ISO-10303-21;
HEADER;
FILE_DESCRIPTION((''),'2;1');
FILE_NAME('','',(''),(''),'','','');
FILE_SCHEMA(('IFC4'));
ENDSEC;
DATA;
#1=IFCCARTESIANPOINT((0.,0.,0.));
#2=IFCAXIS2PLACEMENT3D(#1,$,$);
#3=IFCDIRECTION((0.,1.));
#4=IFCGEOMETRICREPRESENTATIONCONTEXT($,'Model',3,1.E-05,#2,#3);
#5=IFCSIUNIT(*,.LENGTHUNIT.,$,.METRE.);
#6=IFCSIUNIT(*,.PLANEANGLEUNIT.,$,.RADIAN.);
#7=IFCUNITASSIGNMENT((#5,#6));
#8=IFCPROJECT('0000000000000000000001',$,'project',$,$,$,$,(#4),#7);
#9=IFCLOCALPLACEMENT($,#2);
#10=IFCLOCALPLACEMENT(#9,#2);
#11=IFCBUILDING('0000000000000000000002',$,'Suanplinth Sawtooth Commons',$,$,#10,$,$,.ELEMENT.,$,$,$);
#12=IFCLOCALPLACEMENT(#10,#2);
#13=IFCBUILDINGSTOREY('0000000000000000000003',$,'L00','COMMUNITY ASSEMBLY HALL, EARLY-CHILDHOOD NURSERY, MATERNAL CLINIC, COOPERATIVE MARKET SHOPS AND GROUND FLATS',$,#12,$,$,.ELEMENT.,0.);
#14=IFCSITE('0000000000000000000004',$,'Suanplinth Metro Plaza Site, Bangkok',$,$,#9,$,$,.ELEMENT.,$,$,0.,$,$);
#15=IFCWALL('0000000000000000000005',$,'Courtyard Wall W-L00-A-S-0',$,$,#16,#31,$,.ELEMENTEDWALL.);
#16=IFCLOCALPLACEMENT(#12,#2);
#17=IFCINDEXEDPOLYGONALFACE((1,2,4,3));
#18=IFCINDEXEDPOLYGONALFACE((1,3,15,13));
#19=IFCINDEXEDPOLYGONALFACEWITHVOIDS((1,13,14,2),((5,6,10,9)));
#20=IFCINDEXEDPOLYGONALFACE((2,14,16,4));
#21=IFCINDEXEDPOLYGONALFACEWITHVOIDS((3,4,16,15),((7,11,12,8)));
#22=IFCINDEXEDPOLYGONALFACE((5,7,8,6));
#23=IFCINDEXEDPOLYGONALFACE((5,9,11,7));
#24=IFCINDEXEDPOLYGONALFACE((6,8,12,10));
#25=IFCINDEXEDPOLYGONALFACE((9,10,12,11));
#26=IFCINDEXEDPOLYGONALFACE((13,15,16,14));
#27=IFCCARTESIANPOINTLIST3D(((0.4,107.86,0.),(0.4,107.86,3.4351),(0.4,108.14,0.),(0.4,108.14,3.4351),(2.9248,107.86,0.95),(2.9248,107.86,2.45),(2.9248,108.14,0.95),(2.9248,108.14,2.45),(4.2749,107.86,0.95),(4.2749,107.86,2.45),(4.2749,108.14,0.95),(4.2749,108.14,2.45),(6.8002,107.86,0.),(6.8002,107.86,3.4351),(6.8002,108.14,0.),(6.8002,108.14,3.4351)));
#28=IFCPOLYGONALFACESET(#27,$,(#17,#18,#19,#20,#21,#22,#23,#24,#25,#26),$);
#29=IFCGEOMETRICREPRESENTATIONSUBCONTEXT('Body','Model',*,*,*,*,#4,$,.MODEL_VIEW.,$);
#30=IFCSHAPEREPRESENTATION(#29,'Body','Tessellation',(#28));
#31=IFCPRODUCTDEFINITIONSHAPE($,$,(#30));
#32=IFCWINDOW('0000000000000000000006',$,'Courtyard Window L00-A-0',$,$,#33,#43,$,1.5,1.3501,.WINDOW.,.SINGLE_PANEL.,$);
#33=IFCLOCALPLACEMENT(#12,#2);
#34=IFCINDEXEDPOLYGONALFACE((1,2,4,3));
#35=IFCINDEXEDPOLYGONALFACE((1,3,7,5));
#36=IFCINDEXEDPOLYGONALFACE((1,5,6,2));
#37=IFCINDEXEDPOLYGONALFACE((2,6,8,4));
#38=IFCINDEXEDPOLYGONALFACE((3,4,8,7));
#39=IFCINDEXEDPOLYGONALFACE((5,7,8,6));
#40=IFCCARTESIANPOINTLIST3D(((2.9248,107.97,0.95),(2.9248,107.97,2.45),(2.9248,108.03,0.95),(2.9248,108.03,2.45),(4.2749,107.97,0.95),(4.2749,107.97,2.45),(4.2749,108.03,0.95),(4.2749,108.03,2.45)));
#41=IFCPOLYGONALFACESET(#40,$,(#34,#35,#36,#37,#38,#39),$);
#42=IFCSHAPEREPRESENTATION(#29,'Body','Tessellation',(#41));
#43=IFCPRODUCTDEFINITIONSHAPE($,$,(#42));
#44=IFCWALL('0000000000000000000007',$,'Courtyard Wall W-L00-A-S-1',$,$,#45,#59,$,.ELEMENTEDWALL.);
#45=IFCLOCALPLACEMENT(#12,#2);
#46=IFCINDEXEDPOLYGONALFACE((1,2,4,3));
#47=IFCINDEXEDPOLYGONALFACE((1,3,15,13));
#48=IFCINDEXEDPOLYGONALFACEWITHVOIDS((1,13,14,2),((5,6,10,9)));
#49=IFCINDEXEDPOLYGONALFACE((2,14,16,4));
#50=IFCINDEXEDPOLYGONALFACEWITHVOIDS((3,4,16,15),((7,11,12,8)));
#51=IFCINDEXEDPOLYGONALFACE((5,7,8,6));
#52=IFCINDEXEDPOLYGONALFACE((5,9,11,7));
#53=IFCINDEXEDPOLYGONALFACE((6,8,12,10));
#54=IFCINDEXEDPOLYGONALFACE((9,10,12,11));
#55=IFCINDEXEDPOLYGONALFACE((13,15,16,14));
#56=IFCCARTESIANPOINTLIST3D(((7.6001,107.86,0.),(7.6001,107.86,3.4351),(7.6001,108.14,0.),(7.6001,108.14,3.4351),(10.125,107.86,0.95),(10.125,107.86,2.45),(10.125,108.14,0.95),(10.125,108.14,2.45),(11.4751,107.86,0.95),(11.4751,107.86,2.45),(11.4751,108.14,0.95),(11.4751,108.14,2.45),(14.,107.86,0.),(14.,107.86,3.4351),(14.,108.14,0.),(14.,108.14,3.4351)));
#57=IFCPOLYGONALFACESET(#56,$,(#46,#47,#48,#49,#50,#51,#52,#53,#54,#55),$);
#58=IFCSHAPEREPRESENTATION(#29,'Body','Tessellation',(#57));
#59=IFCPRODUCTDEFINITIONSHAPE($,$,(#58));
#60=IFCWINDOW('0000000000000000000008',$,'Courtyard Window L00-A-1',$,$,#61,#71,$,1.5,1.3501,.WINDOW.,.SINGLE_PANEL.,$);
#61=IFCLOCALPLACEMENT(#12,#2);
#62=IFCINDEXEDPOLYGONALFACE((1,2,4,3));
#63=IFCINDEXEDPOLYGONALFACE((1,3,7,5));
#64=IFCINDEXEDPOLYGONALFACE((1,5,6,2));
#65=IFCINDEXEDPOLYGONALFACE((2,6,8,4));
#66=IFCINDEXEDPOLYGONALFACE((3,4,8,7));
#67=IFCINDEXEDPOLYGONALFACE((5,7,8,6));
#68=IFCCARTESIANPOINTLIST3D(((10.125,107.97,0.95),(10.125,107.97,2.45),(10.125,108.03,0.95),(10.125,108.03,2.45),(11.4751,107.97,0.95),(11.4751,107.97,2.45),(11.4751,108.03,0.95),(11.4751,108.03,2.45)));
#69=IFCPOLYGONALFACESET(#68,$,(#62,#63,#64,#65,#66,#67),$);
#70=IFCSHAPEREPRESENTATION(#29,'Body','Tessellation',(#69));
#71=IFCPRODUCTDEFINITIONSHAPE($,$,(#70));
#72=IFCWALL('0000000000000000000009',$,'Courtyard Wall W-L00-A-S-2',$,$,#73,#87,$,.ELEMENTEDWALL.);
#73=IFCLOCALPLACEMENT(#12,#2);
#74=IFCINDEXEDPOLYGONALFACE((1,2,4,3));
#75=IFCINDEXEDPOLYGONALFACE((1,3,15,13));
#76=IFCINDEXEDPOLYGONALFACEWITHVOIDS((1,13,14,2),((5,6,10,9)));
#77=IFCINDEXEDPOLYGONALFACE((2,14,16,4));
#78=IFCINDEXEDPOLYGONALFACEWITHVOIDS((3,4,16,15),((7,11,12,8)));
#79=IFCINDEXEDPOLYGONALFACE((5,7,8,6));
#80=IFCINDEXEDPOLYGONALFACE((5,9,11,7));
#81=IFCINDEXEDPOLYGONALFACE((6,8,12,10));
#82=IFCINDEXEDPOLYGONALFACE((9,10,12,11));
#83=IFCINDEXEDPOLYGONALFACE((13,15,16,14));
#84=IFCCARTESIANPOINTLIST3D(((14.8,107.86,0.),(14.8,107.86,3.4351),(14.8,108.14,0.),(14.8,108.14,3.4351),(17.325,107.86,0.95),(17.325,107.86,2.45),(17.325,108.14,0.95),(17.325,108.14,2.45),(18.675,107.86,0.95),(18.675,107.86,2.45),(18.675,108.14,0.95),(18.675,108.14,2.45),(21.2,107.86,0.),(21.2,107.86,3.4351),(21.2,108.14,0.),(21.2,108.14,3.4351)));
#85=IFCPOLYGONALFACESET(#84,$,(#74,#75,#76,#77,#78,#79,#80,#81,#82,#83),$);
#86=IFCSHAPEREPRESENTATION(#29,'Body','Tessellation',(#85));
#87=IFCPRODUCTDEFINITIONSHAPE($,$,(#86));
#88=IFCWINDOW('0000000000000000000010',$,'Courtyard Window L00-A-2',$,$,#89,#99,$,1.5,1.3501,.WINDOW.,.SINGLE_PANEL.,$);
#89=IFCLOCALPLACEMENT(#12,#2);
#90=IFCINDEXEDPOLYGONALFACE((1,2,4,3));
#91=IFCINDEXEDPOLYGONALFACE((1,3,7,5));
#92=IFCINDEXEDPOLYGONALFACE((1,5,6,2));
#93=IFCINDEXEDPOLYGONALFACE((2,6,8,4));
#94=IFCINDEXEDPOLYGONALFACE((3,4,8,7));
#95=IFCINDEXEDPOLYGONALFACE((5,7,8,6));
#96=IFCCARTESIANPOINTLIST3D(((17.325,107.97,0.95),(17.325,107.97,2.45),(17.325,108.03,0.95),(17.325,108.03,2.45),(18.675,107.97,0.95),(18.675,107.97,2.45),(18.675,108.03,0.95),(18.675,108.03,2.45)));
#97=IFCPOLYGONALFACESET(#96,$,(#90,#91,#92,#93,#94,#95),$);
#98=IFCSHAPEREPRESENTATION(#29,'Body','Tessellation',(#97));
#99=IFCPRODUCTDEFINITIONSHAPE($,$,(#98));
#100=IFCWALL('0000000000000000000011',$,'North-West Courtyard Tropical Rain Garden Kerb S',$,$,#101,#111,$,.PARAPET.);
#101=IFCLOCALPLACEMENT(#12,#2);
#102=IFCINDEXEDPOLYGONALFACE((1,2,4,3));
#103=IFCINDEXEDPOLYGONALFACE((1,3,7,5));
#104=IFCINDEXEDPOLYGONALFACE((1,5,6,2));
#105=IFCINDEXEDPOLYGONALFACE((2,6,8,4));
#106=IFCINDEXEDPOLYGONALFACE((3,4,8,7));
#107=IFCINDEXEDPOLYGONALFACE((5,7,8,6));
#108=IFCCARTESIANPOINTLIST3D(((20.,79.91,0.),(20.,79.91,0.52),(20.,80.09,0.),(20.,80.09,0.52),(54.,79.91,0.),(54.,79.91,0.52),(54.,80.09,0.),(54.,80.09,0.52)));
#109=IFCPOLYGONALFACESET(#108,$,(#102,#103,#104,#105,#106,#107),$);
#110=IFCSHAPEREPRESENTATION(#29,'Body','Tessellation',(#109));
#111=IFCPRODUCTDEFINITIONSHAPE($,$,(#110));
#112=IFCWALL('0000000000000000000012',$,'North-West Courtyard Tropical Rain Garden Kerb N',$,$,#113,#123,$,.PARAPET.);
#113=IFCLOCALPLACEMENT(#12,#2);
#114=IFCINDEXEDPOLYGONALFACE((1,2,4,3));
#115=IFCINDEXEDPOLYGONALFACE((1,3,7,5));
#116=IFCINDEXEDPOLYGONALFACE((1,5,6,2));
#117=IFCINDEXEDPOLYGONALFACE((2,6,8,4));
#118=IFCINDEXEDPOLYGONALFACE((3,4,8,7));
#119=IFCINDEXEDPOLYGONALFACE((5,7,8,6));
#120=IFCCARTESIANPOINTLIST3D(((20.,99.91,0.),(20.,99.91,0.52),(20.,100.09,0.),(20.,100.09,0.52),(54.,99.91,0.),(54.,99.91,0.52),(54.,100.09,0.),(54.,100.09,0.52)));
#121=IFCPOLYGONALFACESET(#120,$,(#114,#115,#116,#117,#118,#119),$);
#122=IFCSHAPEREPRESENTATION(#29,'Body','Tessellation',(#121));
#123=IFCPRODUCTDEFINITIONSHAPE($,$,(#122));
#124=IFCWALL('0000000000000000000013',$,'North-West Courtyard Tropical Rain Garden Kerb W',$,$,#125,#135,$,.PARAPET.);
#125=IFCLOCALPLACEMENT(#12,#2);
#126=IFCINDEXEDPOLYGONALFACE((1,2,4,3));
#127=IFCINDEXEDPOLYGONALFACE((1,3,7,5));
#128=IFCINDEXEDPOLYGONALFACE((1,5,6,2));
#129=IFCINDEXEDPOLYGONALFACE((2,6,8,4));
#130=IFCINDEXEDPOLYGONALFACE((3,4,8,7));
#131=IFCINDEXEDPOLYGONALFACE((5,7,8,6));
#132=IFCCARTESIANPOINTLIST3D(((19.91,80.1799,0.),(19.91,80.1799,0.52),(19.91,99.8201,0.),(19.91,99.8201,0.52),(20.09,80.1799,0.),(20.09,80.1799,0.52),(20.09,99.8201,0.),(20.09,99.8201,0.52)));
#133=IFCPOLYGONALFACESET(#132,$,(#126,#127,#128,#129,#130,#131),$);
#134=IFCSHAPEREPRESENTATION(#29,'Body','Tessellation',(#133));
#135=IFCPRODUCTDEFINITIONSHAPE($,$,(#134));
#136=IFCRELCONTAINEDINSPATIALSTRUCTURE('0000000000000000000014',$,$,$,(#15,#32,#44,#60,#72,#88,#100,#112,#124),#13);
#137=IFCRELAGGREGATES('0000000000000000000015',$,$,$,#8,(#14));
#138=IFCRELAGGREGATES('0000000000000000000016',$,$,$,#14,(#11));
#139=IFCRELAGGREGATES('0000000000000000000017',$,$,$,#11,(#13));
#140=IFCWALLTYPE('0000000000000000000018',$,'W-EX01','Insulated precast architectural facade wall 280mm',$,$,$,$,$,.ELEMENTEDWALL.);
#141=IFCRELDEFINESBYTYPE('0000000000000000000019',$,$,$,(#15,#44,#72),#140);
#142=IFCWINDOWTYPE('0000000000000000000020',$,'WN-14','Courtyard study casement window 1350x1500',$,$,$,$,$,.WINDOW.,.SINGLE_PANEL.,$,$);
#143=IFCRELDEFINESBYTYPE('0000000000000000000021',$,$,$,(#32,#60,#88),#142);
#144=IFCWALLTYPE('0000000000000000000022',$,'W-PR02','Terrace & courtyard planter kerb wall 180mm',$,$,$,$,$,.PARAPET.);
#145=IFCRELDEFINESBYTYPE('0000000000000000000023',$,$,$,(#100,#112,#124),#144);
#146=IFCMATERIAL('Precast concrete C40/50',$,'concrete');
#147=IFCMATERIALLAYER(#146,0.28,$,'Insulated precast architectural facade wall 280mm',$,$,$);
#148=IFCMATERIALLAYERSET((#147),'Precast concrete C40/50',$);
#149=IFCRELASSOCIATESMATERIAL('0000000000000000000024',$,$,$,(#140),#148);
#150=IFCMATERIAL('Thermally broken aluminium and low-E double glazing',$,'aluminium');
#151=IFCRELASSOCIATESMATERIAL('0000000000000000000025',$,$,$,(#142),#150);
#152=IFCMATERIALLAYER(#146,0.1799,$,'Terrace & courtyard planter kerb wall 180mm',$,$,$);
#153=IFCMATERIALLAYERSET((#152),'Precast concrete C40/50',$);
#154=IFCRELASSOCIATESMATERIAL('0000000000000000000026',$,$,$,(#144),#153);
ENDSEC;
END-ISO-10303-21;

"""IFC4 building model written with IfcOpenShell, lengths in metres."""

from ifc_helpers import new_model, si_unit, direction, frame, frame_2d, origin, place, context, subcontext, project, spatial, rectangle, extrude, material, layer, layer_set, type_object, element, fill, save


model = new_model("IFC4")

# Units and contexts
model_context = context("Model", 3, precision=1e-05, world=origin(), true_north=direction((0.0, 1.0)))
body_context = subcontext(model_context, "Body", "Model", "MODEL_VIEW")
ifc_project = project(units=[si_unit("LENGTHUNIT", "METRE"), si_unit("PLANEANGLEUNIT", "RADIAN")], contexts=[model_context])

# Site, building, storey
site_placement = place(None, origin())
site = spatial("IfcSite", under=ifc_project, at=site_placement, Name="Suanplinth Metro Plaza Site, Bangkok", CompositionType="ELEMENT", RefElevation=0.0)
building_placement = place(site_placement, origin())
building = spatial("IfcBuilding", under=site, at=building_placement, Name="Suanplinth Sawtooth Commons", CompositionType="ELEMENT")
storey_placement = place(building_placement, origin())
storey = spatial("IfcBuildingStorey", under=building, at=storey_placement, Name="L00", Description="COMMUNITY ASSEMBLY HALL, EARLY-CHILDHOOD NURSERY, MATERNAL CLINIC, COOPERATIVE MARKET SHOPS AND GROUND FLATS", CompositionType="ELEMENT", Elevation=0.0)

# Walls, openings, windows
ifc_material_1 = material(Name="Precast concrete C40/50", Category="concrete")
ifc_layer_1 = layer(ifc_material_1, 0.28, Name="Insulated precast architectural facade wall 280mm")
ifc_layer_set_1 = layer_set([ifc_layer_1], Name="Precast concrete C40/50")
wall_type_1 = type_object("IfcWallType", Name="W-EX01", Description="Insulated precast architectural facade wall 280mm", PredefinedType="ELEMENTEDWALL", material=ifc_layer_set_1)
wall_1_placement = place(storey_placement, frame((0.3999, 108.0, 0.0), z_axis=(0.0, 0.0, 1.0), x_axis=(1.0, 0.0, 0.0)))
wall_1 = element("IfcWall", 1, at=wall_1_placement, inside=storey, type_object=wall_type_1, Name="Courtyard Wall W-L00-A-S-0", PredefinedType="ELEMENTEDWALL", context=body_context, shape_type="SweptSolid", body=[
    extrude(rectangle(XDim=6.4001, YDim=0.28, at=frame_2d((3.2002, 0.0))), origin(), (0.0, 0.0, 1.0), 3.4351),
])
opening_1_placement = place(wall_1_placement, frame((2.5249, 0.0, 0.95)))
opening_1 = element("IfcOpeningElement", 2, at=opening_1_placement, cuts=wall_1, PredefinedType="OPENING", context=body_context, shape_type="SweptSolid", body=[
    extrude(rectangle(XDim=1.3501, YDim=1.5, at=frame_2d((0.675, 0.75))), frame((0.0, 0.1548, 0.0), z_axis=(0.0, -1.0, 0.0), x_axis=(1.0, 0.0, 0.0)), (0.0, 0.0, 1.0), 0.3098),
])
ifc_material_2 = material(Name="Thermally broken aluminium and low-E double glazing", Category="aluminium")
window_type = type_object("IfcWindowType", Name="WN-14", Description="Courtyard study casement window 1350x1500", PartitioningType="SINGLE_PANEL", PredefinedType="WINDOW", material=ifc_material_2)
window_1_placement = place(opening_1_placement, origin())
window_1 = element("IfcWindow", 3, at=window_1_placement, inside=storey, type_object=window_type, Name="Courtyard Window L00-A-0", OverallHeight=1.5, OverallWidth=1.3501, PartitioningType="SINGLE_PANEL", PredefinedType="WINDOW", context=body_context, shape_type="SweptSolid", body=[
    extrude(rectangle(XDim=1.3501, YDim=1.5, at=frame_2d((0.675, 0.75))), frame((0.0, 0.03, 0.0), z_axis=(0.0, -1.0, 0.0), x_axis=(1.0, 0.0, 0.0)), (0.0, 0.0, 1.0), 0.0601),
])
fill(opening_1, window_1)
wall_2_placement = place(storey_placement, frame((7.6001, 108.0, 0.0), z_axis=(0.0, 0.0, 1.0), x_axis=(1.0, 0.0, 0.0)))
wall_2 = element("IfcWall", 4, at=wall_2_placement, inside=storey, type_object=wall_type_1, Name="Courtyard Wall W-L00-A-S-1", PredefinedType="ELEMENTEDWALL", context=body_context, shape_type="SweptSolid", body=[
    extrude(rectangle(XDim=6.3999, YDim=0.28, at=frame_2d((3.2, 0.0))), origin(), (0.0, 0.0, 1.0), 3.4351),
])
opening_2_placement = place(wall_2_placement, frame((2.5249, 0.0, 0.95)))
opening_2 = element("IfcOpeningElement", 5, at=opening_2_placement, cuts=wall_2, PredefinedType="OPENING", context=body_context, shape_type="SweptSolid", body=[
    extrude(rectangle(XDim=1.3501, YDim=1.5, at=frame_2d((0.675, 0.75))), frame((0.0, 0.1548, 0.0), z_axis=(0.0, -1.0, 0.0), x_axis=(1.0, 0.0, 0.0)), (0.0, 0.0, 1.0), 0.3098),
])
window_2_placement = place(opening_2_placement, origin())
window_2 = element("IfcWindow", 6, at=window_2_placement, inside=storey, type_object=window_type, Name="Courtyard Window L00-A-1", OverallHeight=1.5, OverallWidth=1.3501, PartitioningType="SINGLE_PANEL", PredefinedType="WINDOW", context=body_context, shape_type="SweptSolid", body=[
    extrude(rectangle(XDim=1.3501, YDim=1.5, at=frame_2d((0.675, 0.75))), frame((0.0, 0.03, 0.0), z_axis=(0.0, -1.0, 0.0), x_axis=(1.0, 0.0, 0.0)), (0.0, 0.0, 1.0), 0.0601),
])
fill(opening_2, window_2)
wall_3_placement = place(storey_placement, frame((14.8, 108.0, 0.0), z_axis=(0.0, 0.0, 1.0), x_axis=(1.0, 0.0, 0.0)))
wall_3 = element("IfcWall", 7, at=wall_3_placement, inside=storey, type_object=wall_type_1, Name="Courtyard Wall W-L00-A-S-2", PredefinedType="ELEMENTEDWALL", context=body_context, shape_type="SweptSolid", body=[
    extrude(rectangle(XDim=6.3999, YDim=0.28, at=frame_2d((3.2, 0.0))), origin(), (0.0, 0.0, 1.0), 3.4351),
])
opening_3_placement = place(wall_3_placement, frame((2.5249, 0.0, 0.95)))
opening_3 = element("IfcOpeningElement", 8, at=opening_3_placement, cuts=wall_3, PredefinedType="OPENING", context=body_context, shape_type="SweptSolid", body=[
    extrude(rectangle(XDim=1.3501, YDim=1.5, at=frame_2d((0.675, 0.75))), frame((0.0, 0.1548, 0.0), z_axis=(0.0, -1.0, 0.0), x_axis=(1.0, 0.0, 0.0)), (0.0, 0.0, 1.0), 0.3098),
])
window_3_placement = place(opening_3_placement, origin())
window_3 = element("IfcWindow", 9, at=window_3_placement, inside=storey, type_object=window_type, Name="Courtyard Window L00-A-2", OverallHeight=1.5, OverallWidth=1.3501, PartitioningType="SINGLE_PANEL", PredefinedType="WINDOW", context=body_context, shape_type="SweptSolid", body=[
    extrude(rectangle(XDim=1.3501, YDim=1.5, at=frame_2d((0.675, 0.75))), frame((0.0, 0.03, 0.0), z_axis=(0.0, -1.0, 0.0), x_axis=(1.0, 0.0, 0.0)), (0.0, 0.0, 1.0), 0.0601),
])
fill(opening_3, window_3)

# Walls
ifc_layer_2 = layer(ifc_material_1, 0.1799, Name="Terrace & courtyard planter kerb wall 180mm")
ifc_layer_set_2 = layer_set([ifc_layer_2], Name="Precast concrete C40/50")
wall_type_2 = type_object("IfcWallType", Name="W-PR02", Description="Terrace & courtyard planter kerb wall 180mm", PredefinedType="PARAPET", material=ifc_layer_set_2)
for number, where, z_axis, x_axis, name in (
    (10, (20.0, 80.0, 0.0), (0.0, 0.0, 1.0), (1.0, 0.0, 0.0), "North-West Courtyard Tropical Rain Garden Kerb S"),
    (11, (20.0, 100.0, 0.0), (0.0, 0.0, 1.0), (1.0, 0.0, 0.0), "North-West Courtyard Tropical Rain Garden Kerb N"),
):
    element("IfcWall", number, at=place(storey_placement, frame(where, z_axis=z_axis, x_axis=x_axis)), inside=storey, type_object=wall_type_2, Name=name, PredefinedType="PARAPET", context=body_context, shape_type="SweptSolid", body=[
        extrude(rectangle(XDim=34.0, YDim=0.1799, at=frame_2d((17.0, 0.0))), origin(), (0.0, 0.0, 1.0), 0.52),
    ])
wall_4_placement = place(storey_placement, frame((20.0, 80.1799, 0.0), z_axis=(0.0, 0.0, 1.0), x_axis=(0.0, 1.0, 0.0)))
element("IfcWall", 12, at=wall_4_placement, inside=storey, type_object=wall_type_2, Name="North-West Courtyard Tropical Rain Garden Kerb W", PredefinedType="PARAPET", context=body_context, shape_type="SweptSolid", body=[
    extrude(rectangle(XDim=19.6401, YDim=0.1799, at=frame_2d((9.8201, 0.0))), origin(), (0.0, 0.0, 1.0), 0.52),
])

save(model, "model.ifc")
